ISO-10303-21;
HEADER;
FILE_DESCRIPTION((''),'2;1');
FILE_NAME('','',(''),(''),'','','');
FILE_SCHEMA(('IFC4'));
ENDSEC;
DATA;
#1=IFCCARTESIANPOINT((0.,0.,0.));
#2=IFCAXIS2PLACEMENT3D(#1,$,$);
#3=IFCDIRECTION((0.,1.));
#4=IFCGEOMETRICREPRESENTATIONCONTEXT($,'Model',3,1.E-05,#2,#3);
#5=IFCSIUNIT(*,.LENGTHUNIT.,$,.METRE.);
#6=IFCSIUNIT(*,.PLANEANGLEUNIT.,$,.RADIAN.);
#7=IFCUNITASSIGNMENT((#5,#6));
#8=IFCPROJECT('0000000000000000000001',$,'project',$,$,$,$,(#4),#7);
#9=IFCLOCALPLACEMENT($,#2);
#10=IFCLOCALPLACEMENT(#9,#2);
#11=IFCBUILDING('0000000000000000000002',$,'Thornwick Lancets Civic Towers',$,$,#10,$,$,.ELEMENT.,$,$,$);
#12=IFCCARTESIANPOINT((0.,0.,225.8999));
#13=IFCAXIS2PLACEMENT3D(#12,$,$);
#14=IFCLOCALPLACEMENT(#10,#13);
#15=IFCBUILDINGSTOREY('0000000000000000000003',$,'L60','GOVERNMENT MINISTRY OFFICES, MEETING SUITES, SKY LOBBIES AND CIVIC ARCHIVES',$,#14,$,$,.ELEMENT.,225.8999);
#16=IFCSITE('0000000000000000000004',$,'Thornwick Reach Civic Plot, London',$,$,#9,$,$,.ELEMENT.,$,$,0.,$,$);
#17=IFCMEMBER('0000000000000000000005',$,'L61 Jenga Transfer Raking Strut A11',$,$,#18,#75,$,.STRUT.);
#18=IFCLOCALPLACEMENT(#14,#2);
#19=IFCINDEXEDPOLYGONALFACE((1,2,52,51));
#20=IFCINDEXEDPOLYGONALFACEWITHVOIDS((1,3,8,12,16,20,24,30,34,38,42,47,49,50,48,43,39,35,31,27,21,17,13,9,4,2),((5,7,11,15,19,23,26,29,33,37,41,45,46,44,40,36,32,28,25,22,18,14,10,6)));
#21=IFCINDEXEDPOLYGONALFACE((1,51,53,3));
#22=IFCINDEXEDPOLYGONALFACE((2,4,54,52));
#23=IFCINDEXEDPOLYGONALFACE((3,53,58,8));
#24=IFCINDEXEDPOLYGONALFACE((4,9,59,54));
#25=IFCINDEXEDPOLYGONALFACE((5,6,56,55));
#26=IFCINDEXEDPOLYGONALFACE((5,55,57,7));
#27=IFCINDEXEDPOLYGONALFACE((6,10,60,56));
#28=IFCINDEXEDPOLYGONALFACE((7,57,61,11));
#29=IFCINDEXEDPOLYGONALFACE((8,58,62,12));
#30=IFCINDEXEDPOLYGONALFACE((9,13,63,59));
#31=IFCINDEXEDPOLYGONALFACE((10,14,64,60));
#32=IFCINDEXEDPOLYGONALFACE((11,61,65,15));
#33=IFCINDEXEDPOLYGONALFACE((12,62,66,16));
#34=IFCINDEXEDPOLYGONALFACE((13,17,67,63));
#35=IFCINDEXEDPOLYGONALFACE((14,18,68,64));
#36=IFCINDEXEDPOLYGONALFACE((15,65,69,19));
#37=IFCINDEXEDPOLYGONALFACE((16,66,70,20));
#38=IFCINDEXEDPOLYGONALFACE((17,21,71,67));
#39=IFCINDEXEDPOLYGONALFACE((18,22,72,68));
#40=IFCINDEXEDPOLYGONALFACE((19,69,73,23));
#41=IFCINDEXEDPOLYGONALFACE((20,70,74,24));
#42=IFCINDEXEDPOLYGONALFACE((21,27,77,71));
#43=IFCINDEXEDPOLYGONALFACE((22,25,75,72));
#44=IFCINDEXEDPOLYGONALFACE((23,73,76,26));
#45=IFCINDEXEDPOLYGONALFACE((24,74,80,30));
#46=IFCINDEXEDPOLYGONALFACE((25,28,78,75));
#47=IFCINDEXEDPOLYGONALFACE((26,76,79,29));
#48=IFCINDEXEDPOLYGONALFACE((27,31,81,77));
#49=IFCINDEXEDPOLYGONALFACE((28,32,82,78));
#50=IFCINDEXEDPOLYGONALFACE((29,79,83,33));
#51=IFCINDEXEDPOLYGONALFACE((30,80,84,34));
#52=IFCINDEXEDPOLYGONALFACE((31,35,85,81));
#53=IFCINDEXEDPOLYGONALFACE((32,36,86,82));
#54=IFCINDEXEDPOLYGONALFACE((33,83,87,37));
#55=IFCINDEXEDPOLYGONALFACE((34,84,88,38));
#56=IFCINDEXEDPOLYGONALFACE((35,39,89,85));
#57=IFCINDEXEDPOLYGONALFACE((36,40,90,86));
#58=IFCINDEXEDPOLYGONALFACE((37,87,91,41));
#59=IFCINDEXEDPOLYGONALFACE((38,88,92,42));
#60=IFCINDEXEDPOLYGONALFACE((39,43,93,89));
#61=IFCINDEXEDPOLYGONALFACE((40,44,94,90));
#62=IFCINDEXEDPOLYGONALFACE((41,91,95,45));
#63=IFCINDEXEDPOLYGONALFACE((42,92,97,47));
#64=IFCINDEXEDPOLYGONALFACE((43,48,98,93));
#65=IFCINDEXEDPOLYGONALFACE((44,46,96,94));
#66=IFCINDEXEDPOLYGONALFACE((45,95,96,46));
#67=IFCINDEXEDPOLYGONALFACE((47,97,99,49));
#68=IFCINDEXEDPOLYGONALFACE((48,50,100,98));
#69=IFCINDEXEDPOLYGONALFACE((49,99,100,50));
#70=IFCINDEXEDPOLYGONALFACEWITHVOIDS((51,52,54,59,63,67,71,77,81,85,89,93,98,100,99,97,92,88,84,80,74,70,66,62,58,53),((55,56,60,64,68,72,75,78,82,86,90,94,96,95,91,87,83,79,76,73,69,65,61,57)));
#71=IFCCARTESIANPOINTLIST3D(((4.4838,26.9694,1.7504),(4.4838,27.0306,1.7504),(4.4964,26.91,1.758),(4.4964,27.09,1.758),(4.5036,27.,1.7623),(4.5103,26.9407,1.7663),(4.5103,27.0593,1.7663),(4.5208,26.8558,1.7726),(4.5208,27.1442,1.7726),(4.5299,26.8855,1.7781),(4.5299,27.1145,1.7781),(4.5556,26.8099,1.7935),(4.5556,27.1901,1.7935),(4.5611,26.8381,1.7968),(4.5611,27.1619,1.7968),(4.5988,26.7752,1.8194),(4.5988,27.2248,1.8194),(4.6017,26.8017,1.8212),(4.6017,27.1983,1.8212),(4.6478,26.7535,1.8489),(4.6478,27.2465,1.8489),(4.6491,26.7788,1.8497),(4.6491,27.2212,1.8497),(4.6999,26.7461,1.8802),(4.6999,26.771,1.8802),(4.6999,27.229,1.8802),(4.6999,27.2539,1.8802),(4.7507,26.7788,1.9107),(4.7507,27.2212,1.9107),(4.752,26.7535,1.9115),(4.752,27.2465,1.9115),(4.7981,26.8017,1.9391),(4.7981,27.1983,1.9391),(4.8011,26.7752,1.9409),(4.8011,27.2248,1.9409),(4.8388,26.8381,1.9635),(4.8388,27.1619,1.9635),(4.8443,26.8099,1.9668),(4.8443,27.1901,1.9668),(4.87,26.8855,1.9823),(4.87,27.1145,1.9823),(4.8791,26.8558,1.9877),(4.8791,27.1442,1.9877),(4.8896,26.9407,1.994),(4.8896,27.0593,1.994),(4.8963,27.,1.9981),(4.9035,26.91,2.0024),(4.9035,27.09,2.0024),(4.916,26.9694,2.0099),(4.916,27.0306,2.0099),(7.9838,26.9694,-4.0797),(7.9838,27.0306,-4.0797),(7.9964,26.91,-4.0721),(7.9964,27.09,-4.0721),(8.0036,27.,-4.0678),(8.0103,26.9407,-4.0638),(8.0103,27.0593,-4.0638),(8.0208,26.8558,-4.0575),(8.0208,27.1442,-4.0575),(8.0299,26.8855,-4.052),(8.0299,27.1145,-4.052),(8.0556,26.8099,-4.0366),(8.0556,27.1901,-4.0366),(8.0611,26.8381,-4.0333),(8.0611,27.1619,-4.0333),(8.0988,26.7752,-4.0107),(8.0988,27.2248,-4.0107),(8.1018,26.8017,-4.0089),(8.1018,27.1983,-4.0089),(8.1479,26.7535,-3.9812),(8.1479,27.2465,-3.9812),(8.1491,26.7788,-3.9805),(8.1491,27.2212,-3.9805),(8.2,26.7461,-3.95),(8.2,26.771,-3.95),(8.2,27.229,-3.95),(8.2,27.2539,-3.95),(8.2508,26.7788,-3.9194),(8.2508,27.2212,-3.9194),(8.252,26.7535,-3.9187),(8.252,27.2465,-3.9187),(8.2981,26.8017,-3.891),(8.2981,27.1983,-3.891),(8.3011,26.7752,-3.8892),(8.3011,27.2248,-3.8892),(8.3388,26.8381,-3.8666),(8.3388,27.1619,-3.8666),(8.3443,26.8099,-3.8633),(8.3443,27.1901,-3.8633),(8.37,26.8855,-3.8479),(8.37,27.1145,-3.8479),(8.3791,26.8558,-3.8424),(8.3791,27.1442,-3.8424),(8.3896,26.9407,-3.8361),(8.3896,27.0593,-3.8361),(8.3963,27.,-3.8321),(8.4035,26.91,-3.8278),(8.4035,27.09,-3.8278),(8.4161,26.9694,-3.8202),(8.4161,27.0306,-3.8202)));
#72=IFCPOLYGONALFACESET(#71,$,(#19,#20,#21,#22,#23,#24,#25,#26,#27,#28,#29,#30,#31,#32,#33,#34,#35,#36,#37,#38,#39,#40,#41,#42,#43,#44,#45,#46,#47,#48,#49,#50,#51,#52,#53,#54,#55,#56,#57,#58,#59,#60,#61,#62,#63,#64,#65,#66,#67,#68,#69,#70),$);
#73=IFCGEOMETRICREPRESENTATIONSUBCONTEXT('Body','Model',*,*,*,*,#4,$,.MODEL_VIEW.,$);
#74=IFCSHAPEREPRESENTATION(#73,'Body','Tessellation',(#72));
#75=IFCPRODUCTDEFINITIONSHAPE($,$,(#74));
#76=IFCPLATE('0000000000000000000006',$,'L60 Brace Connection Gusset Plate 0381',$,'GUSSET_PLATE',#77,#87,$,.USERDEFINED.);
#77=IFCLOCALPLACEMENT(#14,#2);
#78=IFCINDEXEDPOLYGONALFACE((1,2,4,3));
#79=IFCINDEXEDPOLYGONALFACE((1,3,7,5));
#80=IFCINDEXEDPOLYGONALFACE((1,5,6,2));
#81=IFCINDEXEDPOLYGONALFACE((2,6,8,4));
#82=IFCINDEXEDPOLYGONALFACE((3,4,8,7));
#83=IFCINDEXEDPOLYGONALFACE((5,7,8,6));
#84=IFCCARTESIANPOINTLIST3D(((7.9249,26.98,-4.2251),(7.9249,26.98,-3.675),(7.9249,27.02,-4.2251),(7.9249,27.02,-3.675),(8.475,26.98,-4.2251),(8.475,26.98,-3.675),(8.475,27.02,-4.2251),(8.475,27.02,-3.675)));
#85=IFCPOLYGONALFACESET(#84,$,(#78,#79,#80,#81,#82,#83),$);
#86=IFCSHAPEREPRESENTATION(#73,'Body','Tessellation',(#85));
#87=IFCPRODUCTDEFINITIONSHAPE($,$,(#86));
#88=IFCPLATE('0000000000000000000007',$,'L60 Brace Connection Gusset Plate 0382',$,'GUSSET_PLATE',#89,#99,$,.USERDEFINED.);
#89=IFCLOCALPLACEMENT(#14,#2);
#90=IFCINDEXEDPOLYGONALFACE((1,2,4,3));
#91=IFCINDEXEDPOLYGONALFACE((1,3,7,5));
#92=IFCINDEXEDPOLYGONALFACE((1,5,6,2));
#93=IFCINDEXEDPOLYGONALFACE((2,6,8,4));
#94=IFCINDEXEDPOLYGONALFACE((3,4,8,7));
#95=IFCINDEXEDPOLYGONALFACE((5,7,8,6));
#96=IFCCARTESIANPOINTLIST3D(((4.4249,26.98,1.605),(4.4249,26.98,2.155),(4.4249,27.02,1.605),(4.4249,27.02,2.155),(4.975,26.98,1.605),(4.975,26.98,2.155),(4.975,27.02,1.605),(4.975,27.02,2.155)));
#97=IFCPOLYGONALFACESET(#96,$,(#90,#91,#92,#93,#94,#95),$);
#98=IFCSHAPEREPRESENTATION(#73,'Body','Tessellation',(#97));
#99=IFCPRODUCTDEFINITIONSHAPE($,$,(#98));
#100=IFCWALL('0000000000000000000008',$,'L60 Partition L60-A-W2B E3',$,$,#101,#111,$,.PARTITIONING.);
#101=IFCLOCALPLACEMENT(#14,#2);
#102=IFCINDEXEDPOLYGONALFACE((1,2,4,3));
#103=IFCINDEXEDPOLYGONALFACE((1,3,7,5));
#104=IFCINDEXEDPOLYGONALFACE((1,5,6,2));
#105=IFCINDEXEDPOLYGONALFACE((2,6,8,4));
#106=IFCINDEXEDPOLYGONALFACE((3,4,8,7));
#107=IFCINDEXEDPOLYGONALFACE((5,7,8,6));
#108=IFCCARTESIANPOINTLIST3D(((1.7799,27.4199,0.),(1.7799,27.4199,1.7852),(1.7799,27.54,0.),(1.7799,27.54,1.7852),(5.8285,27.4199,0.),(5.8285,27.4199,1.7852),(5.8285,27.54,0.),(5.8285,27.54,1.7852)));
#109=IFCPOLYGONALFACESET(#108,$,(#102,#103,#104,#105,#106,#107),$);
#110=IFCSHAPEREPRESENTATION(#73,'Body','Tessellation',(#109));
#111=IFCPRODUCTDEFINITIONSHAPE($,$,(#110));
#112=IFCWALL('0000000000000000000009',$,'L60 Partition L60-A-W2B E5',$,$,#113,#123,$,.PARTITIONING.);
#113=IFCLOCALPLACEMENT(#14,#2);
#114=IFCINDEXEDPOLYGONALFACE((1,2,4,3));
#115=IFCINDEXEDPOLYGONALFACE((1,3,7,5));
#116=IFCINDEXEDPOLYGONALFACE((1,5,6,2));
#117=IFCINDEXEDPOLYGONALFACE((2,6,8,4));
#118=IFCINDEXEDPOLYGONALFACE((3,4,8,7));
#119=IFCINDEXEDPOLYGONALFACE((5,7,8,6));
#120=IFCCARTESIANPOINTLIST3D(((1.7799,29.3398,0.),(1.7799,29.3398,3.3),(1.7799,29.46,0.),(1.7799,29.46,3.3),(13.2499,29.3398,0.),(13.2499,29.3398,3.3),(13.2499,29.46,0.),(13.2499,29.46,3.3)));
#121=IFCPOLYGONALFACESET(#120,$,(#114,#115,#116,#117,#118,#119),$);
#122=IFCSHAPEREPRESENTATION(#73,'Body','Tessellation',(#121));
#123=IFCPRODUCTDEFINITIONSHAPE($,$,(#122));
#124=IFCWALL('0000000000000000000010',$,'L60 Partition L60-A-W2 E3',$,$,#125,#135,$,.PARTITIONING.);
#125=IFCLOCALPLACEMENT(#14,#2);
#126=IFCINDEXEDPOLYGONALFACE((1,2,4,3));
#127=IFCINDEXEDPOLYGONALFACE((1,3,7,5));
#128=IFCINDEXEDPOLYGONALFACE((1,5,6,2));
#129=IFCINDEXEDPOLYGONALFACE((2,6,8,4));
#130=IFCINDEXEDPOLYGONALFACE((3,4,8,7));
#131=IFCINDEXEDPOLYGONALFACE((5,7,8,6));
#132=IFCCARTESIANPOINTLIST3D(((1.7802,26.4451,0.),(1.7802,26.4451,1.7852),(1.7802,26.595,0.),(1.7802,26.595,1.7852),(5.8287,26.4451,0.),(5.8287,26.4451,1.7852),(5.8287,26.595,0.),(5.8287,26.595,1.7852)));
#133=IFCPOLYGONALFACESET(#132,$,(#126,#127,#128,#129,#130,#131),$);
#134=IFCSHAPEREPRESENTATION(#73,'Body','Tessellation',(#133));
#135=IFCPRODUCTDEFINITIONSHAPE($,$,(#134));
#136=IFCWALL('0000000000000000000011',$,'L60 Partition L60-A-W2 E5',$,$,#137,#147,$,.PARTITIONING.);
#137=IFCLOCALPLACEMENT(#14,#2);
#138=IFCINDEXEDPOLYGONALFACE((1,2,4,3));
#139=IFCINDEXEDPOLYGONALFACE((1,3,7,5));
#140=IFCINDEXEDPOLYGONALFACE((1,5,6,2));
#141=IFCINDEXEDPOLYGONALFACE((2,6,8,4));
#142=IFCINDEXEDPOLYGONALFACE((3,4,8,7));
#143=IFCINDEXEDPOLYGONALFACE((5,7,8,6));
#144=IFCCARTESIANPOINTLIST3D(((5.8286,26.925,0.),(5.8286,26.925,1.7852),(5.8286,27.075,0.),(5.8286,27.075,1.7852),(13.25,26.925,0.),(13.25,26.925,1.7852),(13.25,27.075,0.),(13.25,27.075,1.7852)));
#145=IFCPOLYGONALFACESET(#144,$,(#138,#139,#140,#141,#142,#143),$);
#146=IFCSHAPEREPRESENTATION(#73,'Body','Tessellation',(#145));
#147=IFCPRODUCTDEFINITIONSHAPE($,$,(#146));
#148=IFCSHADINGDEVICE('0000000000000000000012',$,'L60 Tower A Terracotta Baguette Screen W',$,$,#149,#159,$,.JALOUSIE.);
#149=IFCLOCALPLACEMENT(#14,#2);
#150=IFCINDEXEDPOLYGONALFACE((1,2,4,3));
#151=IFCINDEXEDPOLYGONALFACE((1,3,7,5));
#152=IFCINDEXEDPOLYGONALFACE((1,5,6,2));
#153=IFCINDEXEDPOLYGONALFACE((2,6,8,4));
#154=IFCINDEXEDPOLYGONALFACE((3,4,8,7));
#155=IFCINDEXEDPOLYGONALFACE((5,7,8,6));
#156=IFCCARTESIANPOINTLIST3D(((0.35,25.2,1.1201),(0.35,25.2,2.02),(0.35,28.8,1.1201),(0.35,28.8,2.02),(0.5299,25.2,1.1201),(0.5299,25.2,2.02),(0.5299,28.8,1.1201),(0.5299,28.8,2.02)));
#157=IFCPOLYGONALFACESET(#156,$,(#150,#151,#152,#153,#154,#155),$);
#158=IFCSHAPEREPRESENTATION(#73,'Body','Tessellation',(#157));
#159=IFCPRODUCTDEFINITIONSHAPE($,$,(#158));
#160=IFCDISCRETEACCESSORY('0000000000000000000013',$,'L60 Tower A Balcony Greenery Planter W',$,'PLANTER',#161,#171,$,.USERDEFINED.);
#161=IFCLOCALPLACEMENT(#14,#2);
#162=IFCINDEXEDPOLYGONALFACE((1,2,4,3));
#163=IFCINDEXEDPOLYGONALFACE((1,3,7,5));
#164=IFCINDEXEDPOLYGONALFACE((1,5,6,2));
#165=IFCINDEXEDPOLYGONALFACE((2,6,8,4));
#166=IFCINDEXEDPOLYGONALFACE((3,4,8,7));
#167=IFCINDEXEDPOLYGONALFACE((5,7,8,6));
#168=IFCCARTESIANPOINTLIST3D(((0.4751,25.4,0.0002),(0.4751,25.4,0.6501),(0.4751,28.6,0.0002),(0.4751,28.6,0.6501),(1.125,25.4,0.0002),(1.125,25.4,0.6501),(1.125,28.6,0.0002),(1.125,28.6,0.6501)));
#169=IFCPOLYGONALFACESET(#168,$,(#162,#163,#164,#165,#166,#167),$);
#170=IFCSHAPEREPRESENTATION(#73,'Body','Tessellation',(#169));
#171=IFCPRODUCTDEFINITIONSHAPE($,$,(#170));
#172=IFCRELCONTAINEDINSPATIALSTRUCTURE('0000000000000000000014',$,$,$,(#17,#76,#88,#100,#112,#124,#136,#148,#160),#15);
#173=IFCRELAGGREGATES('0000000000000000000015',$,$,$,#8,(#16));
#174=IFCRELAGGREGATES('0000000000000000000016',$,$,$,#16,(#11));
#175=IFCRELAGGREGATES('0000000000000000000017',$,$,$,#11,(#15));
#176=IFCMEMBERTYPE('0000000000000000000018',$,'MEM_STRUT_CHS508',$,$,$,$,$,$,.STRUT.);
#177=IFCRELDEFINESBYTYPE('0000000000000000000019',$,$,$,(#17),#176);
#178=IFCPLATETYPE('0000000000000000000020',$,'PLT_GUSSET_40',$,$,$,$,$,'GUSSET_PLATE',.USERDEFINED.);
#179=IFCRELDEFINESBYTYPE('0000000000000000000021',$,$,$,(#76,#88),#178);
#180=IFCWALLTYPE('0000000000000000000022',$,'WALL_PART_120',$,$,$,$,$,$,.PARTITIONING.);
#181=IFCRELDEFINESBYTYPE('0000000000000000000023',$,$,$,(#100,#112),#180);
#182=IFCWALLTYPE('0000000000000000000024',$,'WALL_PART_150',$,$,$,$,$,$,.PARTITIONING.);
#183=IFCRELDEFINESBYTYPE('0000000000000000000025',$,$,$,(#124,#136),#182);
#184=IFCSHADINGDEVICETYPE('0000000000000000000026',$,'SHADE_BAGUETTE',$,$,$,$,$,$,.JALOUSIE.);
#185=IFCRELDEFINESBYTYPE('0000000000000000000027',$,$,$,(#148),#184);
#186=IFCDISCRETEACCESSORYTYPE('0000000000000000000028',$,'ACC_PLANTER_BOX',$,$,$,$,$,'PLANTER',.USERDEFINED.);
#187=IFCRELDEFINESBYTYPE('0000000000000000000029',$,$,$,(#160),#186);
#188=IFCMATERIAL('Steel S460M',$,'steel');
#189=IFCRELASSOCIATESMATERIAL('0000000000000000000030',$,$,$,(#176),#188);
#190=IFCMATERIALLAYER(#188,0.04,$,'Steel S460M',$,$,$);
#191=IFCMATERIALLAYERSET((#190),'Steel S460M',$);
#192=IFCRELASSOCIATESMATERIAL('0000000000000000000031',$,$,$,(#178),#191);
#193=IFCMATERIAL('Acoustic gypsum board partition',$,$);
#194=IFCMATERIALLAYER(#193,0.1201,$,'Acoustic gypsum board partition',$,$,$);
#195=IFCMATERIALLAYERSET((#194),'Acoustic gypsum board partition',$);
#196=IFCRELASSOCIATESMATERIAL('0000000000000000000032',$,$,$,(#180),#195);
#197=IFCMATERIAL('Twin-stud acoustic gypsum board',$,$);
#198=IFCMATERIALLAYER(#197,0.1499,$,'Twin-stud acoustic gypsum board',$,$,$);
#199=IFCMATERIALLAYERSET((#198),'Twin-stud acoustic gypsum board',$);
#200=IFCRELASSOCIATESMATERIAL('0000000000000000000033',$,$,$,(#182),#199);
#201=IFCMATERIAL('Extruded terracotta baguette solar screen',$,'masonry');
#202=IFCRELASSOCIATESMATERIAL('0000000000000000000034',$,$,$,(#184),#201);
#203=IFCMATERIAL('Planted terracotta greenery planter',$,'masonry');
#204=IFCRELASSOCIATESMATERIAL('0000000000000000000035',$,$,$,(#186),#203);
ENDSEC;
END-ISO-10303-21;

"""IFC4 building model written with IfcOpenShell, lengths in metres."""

from ifc_helpers import new_model, si_unit, direction, frame, frame_2d, origin, origin_2d, place, context, subcontext, project, spatial, rectangle, hollow_circle, extrude, material, layer, layer_set, material_profile, profile_set, type_object, element, save


model = new_model("IFC4")

# Units and contexts
model_context = context("Model", 3, precision=1e-05, world=origin(), true_north=direction((0.0, 1.0)))
body_context = subcontext(model_context, "Body", "Model", "MODEL_VIEW")
ifc_project = project(units=[si_unit("LENGTHUNIT", "METRE"), si_unit("PLANEANGLEUNIT", "RADIAN")], contexts=[model_context])

# Site, building, storey
site_placement = place(None, origin())
site = spatial("IfcSite", under=ifc_project, at=site_placement, Name="Thornwick Reach Civic Plot, London", CompositionType="ELEMENT", RefElevation=0.0)
building_placement = place(site_placement, origin())
building = spatial("IfcBuilding", under=site, at=building_placement, Name="Thornwick Lancets Civic Towers", CompositionType="ELEMENT")
storey_placement = place(building_placement, frame((0.0, 0.0, 225.8999)))
storey = spatial("IfcBuildingStorey", under=building, at=storey_placement, Name="L60", Description="GOVERNMENT MINISTRY OFFICES, MEETING SUITES, SKY LOBBIES AND CIVIC ARCHIVES", CompositionType="ELEMENT", Elevation=225.8999)

# Member
ifc_material_1 = material(Name="Steel S460M", Category="steel")
ifc_material_profile_1 = material_profile(ifc_material_1, hollow_circle(Radius=0.2539, WallThickness=0.0249, at=origin_2d()), Name="CHS 508x25")
ifc_profile_set_1 = profile_set([ifc_material_profile_1], Name="Steel S460M")
member_type = type_object("IfcMemberType", Name="MEM_STRUT_CHS508", PredefinedType="STRUT", material=ifc_profile_set_1)
member_placement = place(storey_placement, frame((8.2, 27.0, -3.95), z_axis=(-0.514707, 0.0, 0.857366), x_axis=(0.0, -1.0, 0.0)))
element("IfcMember", 1, at=member_placement, inside=storey, type_object=member_type, Name="L61 Jenga Transfer Raking Strut A11", PredefinedType="STRUT", context=body_context, shape_type="SweptSolid", body=[
    extrude(hollow_circle(Radius=0.2539, WallThickness=0.0249, at=origin_2d()), origin(), (0.0, 0.0, 1.0), 6.8),
])

# Plates
ifc_layer_1 = layer(ifc_material_1, 0.04, Name="Steel S460M")
ifc_layer_set_1 = layer_set([ifc_layer_1], Name="Steel S460M")
plate_type = type_object("IfcPlateType", Name="PLT_GUSSET_40", ElementType="GUSSET_PLATE", PredefinedType="USERDEFINED", material=ifc_layer_set_1)
for number, where, z_axis, x_axis, name in (
    (2, (8.2, 27.0, -4.2251), (0.0, 0.0, 1.0), (-1.0, 0.0, 0.0), "L60 Brace Connection Gusset Plate 0381"),
    (3, (4.7, 27.0, 1.605), (0.0, 0.0, 1.0), (-1.0, 0.0, 0.0), "L60 Brace Connection Gusset Plate 0382"),
):
    element("IfcPlate", number, at=place(storey_placement, frame(where, z_axis=z_axis, x_axis=x_axis)), inside=storey, type_object=plate_type, Name=name, ObjectType="GUSSET_PLATE", PredefinedType="USERDEFINED", context=body_context, shape_type="SweptSolid", body=[
        extrude(rectangle(XDim=0.55, YDim=0.04, at=origin_2d()), origin(), (0.0, 0.0, 1.0), 0.55),
    ])

# Walls
ifc_material_2 = material(Name="Acoustic gypsum board partition")
ifc_layer_2 = layer(ifc_material_2, 0.1201, Name="Acoustic gypsum board partition")
ifc_layer_set_2 = layer_set([ifc_layer_2], Name="Acoustic gypsum board partition")
wall_type_1 = type_object("IfcWallType", Name="WALL_PART_120", PredefinedType="PARTITIONING", material=ifc_layer_set_2)
wall_1_placement = place(storey_placement, frame((5.8286, 27.48, 0.0), z_axis=(0.0, 0.0, 1.0), x_axis=(-1.0, 0.0, 0.0)))
element("IfcWall", 4, at=wall_1_placement, inside=storey, type_object=wall_type_1, Name="L60 Partition L60-A-W2B E3", PredefinedType="PARTITIONING", context=body_context, shape_type="SweptSolid", body=[
    extrude(rectangle(XDim=4.0486, YDim=0.1201, at=frame_2d((2.0244, 0.0))), origin(), (0.0, 0.0, 1.0), 1.7852),
])
wall_2_placement = place(storey_placement, frame((1.78, 29.3999, 0.0), z_axis=(0.0, 0.0, 1.0), x_axis=(1.0, 0.0, 0.0)))
element("IfcWall", 5, at=wall_2_placement, inside=storey, type_object=wall_type_1, Name="L60 Partition L60-A-W2B E5", PredefinedType="PARTITIONING", context=body_context, shape_type="SweptSolid", body=[
    extrude(rectangle(XDim=11.47, YDim=0.1201, at=frame_2d((5.7349, 0.0))), origin(), (0.0, 0.0, 1.0), 3.3),
])
ifc_material_3 = material(Name="Twin-stud acoustic gypsum board")
ifc_layer_3 = layer(ifc_material_3, 0.1499, Name="Twin-stud acoustic gypsum board")
ifc_layer_set_3 = layer_set([ifc_layer_3], Name="Twin-stud acoustic gypsum board")
wall_type_2 = type_object("IfcWallType", Name="WALL_PART_150", PredefinedType="PARTITIONING", material=ifc_layer_set_3)
wall_3_placement = place(storey_placement, frame((1.78, 26.52, 0.0), z_axis=(0.0, 0.0, 1.0), x_axis=(1.0, 0.0, 0.0)))
element("IfcWall", 6, at=wall_3_placement, inside=storey, type_object=wall_type_2, Name="L60 Partition L60-A-W2 E3", PredefinedType="PARTITIONING", context=body_context, shape_type="SweptSolid", body=[
    extrude(rectangle(XDim=4.0486, YDim=0.1499, at=frame_2d((2.0244, 0.0))), origin(), (0.0, 0.0, 1.0), 1.7852),
])
wall_4_placement = place(storey_placement, frame((5.8286, 27.0, 0.0), z_axis=(0.0, 0.0, 1.0), x_axis=(1.0, 0.0, 0.0)))
element("IfcWall", 7, at=wall_4_placement, inside=storey, type_object=wall_type_2, Name="L60 Partition L60-A-W2 E5", PredefinedType="PARTITIONING", context=body_context, shape_type="SweptSolid", body=[
    extrude(rectangle(XDim=7.4214, YDim=0.1499, at=frame_2d((3.7107, 0.0))), origin(), (0.0, 0.0, 1.0), 1.7852),
])

# Shading device
ifc_material_4 = material(Name="Extruded terracotta baguette solar screen", Category="masonry")
shading_device_type = type_object("IfcShadingDeviceType", Name="SHADE_BAGUETTE", PredefinedType="JALOUSIE", material=ifc_material_4)
shading_device_placement = place(storey_placement, frame((0.4399, 27.0, 1.1201), z_axis=(0.0, 0.0, 1.0), x_axis=(0.0, 1.0, 0.0)))
element("IfcShadingDevice", 8, at=shading_device_placement, inside=storey, type_object=shading_device_type, Name="L60 Tower A Terracotta Baguette Screen W", PredefinedType="JALOUSIE", context=body_context, shape_type="SweptSolid", body=[
    extrude(rectangle(XDim=3.6001, YDim=0.1799, at=origin_2d()), origin(), (0.0, 0.0, 1.0), 0.8999),
])

# Discrete accessory
ifc_material_5 = material(Name="Planted terracotta greenery planter", Category="masonry")
discrete_accessory_type = type_object("IfcDiscreteAccessoryType", Name="ACC_PLANTER_BOX", ElementType="PLANTER", PredefinedType="USERDEFINED", material=ifc_material_5)
discrete_accessory_placement = place(storey_placement, frame((0.8, 27.0, 0.0002), z_axis=(0.0, 0.0, 1.0), x_axis=(1.0, 0.0, 0.0)))
element("IfcDiscreteAccessory", 9, at=discrete_accessory_placement, inside=storey, type_object=discrete_accessory_type, Name="L60 Tower A Balcony Greenery Planter W", ObjectType="PLANTER", PredefinedType="USERDEFINED", context=body_context, shape_type="SweptSolid", body=[
    extrude(rectangle(XDim=0.6499, YDim=3.2, at=origin_2d()), origin(), (0.0, 0.0, 1.0), 0.6499),
])

save(model, "model.ifc")
